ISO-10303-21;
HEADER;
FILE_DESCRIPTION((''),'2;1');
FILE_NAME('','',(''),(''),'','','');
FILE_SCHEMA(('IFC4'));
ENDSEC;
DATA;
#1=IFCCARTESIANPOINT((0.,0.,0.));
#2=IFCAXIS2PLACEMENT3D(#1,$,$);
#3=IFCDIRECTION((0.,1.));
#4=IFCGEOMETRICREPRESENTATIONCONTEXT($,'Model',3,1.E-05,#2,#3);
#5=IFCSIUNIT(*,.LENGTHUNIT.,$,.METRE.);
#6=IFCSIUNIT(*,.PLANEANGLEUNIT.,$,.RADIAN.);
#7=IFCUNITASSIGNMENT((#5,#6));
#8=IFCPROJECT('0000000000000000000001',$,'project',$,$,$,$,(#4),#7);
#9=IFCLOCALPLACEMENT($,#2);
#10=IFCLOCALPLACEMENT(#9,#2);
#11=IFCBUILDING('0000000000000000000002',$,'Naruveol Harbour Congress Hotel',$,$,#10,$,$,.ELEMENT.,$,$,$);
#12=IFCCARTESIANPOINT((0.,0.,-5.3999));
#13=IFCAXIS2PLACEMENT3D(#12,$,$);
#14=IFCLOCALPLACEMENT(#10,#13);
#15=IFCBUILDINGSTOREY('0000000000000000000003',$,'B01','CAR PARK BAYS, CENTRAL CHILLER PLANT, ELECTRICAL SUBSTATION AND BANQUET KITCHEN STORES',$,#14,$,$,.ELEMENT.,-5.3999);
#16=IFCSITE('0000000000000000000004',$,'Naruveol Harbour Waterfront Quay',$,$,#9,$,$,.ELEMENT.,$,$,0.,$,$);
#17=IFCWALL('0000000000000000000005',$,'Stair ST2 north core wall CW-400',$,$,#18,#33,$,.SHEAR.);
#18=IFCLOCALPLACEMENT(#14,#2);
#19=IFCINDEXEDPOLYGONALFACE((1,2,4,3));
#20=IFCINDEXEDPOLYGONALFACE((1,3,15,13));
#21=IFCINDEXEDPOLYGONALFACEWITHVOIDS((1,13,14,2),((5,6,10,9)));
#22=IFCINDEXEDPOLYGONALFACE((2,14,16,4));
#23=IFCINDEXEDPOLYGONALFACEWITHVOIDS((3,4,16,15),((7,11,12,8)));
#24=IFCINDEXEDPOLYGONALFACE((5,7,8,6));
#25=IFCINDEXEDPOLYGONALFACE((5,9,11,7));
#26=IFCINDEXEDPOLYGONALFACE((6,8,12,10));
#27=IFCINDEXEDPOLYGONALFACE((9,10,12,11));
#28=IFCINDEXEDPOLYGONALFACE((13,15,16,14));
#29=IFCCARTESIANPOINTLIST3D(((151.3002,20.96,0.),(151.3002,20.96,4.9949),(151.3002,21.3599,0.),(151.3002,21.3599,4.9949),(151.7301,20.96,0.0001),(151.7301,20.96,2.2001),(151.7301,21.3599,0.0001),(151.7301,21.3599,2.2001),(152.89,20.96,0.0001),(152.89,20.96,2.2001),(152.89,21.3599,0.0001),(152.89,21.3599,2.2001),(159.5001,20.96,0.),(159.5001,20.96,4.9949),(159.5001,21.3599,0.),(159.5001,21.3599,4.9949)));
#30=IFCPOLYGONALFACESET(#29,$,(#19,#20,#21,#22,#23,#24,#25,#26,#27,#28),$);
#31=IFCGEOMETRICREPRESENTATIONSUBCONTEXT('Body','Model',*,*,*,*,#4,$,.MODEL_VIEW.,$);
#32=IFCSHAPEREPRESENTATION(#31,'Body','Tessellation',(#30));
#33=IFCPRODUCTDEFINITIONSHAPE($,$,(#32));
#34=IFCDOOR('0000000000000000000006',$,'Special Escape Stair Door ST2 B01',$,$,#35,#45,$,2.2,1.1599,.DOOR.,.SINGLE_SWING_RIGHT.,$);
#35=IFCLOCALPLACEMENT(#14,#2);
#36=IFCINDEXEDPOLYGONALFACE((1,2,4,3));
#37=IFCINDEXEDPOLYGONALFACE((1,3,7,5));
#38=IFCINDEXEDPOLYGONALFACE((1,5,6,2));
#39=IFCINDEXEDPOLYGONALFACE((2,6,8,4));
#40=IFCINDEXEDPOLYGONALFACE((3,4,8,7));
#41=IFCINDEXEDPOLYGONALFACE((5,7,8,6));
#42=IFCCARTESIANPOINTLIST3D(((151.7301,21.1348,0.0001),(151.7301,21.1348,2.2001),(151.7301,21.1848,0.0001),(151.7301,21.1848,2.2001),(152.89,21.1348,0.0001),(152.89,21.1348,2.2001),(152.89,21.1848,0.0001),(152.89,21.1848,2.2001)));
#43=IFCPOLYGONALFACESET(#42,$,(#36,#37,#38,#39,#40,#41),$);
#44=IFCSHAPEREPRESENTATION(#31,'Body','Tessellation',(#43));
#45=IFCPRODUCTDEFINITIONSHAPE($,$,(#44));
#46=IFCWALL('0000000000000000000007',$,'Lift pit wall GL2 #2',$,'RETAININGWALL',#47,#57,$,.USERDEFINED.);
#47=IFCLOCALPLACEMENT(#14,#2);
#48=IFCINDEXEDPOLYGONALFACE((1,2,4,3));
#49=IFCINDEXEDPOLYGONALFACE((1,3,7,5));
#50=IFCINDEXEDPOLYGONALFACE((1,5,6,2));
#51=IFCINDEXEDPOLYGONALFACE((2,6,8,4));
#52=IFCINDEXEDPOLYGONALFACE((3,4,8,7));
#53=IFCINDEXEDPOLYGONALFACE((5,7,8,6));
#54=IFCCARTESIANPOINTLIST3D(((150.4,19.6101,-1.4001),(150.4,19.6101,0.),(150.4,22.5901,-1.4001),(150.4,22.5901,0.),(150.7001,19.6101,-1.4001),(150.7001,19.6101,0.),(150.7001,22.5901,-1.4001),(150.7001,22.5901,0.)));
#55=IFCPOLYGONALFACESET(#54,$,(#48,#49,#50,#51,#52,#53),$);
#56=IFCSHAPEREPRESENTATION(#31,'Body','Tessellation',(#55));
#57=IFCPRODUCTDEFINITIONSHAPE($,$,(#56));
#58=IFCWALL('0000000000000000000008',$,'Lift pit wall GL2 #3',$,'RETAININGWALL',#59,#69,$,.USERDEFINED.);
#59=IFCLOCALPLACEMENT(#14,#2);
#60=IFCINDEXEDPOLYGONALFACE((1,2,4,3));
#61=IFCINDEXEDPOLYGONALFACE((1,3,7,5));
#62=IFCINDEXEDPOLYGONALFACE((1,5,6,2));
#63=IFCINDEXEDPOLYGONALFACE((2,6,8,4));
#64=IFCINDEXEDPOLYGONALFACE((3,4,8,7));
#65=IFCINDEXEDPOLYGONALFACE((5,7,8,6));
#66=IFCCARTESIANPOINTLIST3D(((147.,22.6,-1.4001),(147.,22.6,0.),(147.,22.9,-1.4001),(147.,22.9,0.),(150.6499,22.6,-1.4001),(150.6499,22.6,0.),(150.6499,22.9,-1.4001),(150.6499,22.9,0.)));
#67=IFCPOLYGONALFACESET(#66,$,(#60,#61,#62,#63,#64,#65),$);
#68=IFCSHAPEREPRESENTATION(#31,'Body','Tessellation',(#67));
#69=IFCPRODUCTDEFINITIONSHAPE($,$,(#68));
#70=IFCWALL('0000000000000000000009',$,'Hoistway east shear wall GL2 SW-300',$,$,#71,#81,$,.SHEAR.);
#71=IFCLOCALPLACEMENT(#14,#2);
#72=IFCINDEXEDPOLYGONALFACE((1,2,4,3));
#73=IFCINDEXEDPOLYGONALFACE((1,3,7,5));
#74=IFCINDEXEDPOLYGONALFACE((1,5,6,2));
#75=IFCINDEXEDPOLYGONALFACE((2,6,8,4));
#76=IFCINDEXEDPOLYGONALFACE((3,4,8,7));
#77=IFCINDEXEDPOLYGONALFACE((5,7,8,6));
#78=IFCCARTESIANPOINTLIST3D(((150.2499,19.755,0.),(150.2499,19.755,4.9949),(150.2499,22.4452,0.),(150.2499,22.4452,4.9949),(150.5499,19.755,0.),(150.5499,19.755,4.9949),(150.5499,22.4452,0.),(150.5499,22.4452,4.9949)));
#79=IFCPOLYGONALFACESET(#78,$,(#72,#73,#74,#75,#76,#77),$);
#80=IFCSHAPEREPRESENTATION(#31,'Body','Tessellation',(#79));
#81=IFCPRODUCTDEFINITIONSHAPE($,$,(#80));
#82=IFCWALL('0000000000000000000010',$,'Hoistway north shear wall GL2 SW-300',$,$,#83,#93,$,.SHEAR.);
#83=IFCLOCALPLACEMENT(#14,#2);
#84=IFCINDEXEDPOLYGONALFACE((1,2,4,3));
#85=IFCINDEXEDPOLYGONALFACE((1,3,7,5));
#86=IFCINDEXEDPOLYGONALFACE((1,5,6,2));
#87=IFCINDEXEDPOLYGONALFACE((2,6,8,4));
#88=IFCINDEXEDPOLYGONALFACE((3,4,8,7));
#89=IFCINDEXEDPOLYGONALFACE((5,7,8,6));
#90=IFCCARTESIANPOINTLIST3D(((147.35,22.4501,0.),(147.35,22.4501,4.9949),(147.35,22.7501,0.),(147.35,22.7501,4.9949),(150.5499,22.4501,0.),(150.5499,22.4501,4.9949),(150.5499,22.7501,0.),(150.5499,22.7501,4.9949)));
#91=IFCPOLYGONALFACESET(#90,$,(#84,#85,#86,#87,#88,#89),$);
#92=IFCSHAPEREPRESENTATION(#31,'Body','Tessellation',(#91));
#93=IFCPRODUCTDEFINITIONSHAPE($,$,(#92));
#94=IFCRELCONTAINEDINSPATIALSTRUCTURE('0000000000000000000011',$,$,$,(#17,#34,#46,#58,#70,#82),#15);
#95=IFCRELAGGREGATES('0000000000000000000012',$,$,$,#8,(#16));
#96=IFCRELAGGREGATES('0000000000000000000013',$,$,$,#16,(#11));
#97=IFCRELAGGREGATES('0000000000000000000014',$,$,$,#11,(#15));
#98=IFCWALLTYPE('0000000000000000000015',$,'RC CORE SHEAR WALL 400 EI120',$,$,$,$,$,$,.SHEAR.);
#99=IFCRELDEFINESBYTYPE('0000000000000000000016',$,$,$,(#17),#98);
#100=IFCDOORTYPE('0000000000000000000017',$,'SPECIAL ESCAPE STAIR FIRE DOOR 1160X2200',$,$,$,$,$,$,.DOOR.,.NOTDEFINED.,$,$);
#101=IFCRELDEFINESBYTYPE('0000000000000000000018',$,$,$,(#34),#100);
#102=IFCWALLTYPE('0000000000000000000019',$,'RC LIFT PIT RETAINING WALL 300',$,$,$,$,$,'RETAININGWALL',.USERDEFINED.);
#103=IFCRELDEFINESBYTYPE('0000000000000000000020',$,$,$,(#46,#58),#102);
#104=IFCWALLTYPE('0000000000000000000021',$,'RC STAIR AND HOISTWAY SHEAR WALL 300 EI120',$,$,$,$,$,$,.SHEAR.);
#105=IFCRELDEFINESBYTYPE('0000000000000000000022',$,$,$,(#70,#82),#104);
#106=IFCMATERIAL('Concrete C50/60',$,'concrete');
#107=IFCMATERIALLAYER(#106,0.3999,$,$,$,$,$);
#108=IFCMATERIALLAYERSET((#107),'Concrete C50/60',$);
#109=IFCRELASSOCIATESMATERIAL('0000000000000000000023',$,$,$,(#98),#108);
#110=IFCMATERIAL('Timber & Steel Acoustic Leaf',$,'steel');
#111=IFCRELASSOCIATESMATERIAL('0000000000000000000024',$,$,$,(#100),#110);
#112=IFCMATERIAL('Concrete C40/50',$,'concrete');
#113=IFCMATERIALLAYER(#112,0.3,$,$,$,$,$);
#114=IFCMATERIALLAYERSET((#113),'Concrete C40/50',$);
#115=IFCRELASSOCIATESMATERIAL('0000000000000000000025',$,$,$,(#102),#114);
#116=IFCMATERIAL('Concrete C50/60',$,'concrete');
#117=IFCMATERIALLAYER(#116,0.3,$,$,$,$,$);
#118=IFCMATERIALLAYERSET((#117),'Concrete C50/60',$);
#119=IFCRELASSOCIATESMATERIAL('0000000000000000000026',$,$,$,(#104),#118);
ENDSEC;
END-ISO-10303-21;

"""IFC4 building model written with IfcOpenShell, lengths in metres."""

from ifc_helpers import new_model, si_unit, direction, frame, frame_2d, origin, place, context, subcontext, project, spatial, rectangle, extrude, material, layer, layer_set, type_object, element, fill, save


model = new_model("IFC4")

# Units and contexts
model_context = context("Model", 3, precision=1e-05, world=origin(), true_north=direction((0.0, 1.0)))
body_context = subcontext(model_context, "Body", "Model", "MODEL_VIEW")
ifc_project = project(units=[si_unit("LENGTHUNIT", "METRE"), si_unit("PLANEANGLEUNIT", "RADIAN")], contexts=[model_context])

# Site, building, storey
site_placement = place(None, origin())
site = spatial("IfcSite", under=ifc_project, at=site_placement, Name="Naruveol Harbour Waterfront Quay", CompositionType="ELEMENT", RefElevation=0.0)
building_placement = place(site_placement, origin())
building = spatial("IfcBuilding", under=site, at=building_placement, Name="Naruveol Harbour Congress Hotel", CompositionType="ELEMENT")
storey_placement = place(building_placement, frame((0.0, 0.0, -5.3999)))
storey = spatial("IfcBuildingStorey", under=building, at=storey_placement, Name="B01", Description="CAR PARK BAYS, CENTRAL CHILLER PLANT, ELECTRICAL SUBSTATION AND BANQUET KITCHEN STORES", CompositionType="ELEMENT", Elevation=-5.3999)

# Wall, opening, door
ifc_material_1 = material(Name="Concrete C50/60", Category="concrete")
ifc_layer_1 = layer(ifc_material_1, 0.3999)
ifc_layer_set_1 = layer_set([ifc_layer_1], Name="Concrete C50/60")
wall_type_1 = type_object("IfcWallType", Name="RC CORE SHEAR WALL 400 EI120", PredefinedType="SHEAR", material=ifc_layer_set_1)
wall_1_placement = place(storey_placement, frame((151.3, 21.1599, 0.0), z_axis=(0.0, 0.0, 1.0), x_axis=(1.0, 0.0, 0.0)))
wall_1 = element("IfcWall", 1, at=wall_1_placement, inside=storey, type_object=wall_type_1, Name="Stair ST2 north core wall CW-400", PredefinedType="SHEAR", context=body_context, shape_type="SweptSolid", body=[
    extrude(rectangle(XDim=8.2, YDim=0.3999, at=frame_2d((4.1001, 0.0))), origin(), (0.0, 0.0, 1.0), 4.9949),
])
opening_1_placement = place(wall_1_placement, frame((0.4299, 0.0, 0.0)))
opening_1 = element("IfcOpeningElement", 2, at=opening_1_placement, cuts=wall_1, PredefinedType="OPENING", context=body_context, shape_type="SweptSolid", body=[
    extrude(rectangle(XDim=1.1599, YDim=2.2, at=frame_2d((0.5801, 1.1001))), frame((0.0, 0.21, 0.0), z_axis=(0.0, -1.0, 0.0), x_axis=(1.0, 0.0, 0.0)), (0.0, 0.0, 1.0), 0.4199),
])
ifc_material_2 = material(Name="Timber & Steel Acoustic Leaf", Category="steel")
door_type_1 = type_object("IfcDoorType", Name="SPECIAL ESCAPE STAIR FIRE DOOR 1160X2200", OperationType="NOTDEFINED", PredefinedType="DOOR", material=ifc_material_2)
door_1_placement = place(opening_1_placement, origin())
door_1 = element("IfcDoor", 3, at=door_1_placement, inside=storey, type_object=door_type_1, Name="Special Escape Stair Door ST2 B01", OperationType="SINGLE_SWING_RIGHT", OverallHeight=2.2, OverallWidth=1.1599, PredefinedType="DOOR", context=body_context, shape_type="SweptSolid", body=[
    extrude(rectangle(XDim=1.1599, YDim=2.2, at=frame_2d((0.5801, 1.1001))), frame((0.0, 0.0249, 0.0), z_axis=(0.0, -1.0, 0.0), x_axis=(1.0, 0.0, 0.0)), (0.0, 0.0, 1.0), 0.05),
])
fill(opening_1, door_1)

# Walls
ifc_material_3 = material(Name="Concrete C40/50", Category="concrete")
ifc_layer_2 = layer(ifc_material_3, 0.3)
ifc_layer_set_2 = layer_set([ifc_layer_2], Name="Concrete C40/50")
wall_type_2 = type_object("IfcWallType", Name="RC LIFT PIT RETAINING WALL 300", ElementType="RETAININGWALL", PredefinedType="USERDEFINED", material=ifc_layer_set_2)
wall_2_placement = place(storey_placement, frame((150.55, 19.6101, -1.4001), z_axis=(0.0, 0.0, 1.0), x_axis=(0.0, 1.0, 0.0)))
element("IfcWall", 4, at=wall_2_placement, inside=storey, type_object=wall_type_2, Name="Lift pit wall GL2 #2", ObjectType="RETAININGWALL", PredefinedType="USERDEFINED", context=body_context, shape_type="SweptSolid", body=[
    extrude(rectangle(XDim=2.98, YDim=0.3, at=frame_2d((1.49, 0.0))), origin(), (0.0, 0.0, 1.0), 1.4001),
])
wall_3_placement = place(storey_placement, frame((150.6499, 22.75, -1.4001), z_axis=(0.0, 0.0, 1.0), x_axis=(-1.0, 0.0, 0.0)))
element("IfcWall", 5, at=wall_3_placement, inside=storey, type_object=wall_type_2, Name="Lift pit wall GL2 #3", ObjectType="RETAININGWALL", PredefinedType="USERDEFINED", context=body_context, shape_type="SweptSolid", body=[
    extrude(rectangle(XDim=3.6499, YDim=0.3, at=frame_2d((1.825, 0.0))), origin(), (0.0, 0.0, 1.0), 1.4001),
])
ifc_material_4 = material(Name="Concrete C50/60", Category="concrete")
ifc_layer_3 = layer(ifc_material_4, 0.3)
ifc_layer_set_3 = layer_set([ifc_layer_3], Name="Concrete C50/60")
wall_type_3 = type_object("IfcWallType", Name="RC STAIR AND HOISTWAY SHEAR WALL 300 EI120", PredefinedType="SHEAR", material=ifc_layer_set_3)
wall_4_placement = place(storey_placement, frame((150.3999, 19.7549, 0.0), z_axis=(0.0, 0.0, 1.0), x_axis=(0.0, 1.0, 0.0)))
element("IfcWall", 6, at=wall_4_placement, inside=storey, type_object=wall_type_3, Name="Hoistway east shear wall GL2 SW-300", PredefinedType="SHEAR", context=body_context, shape_type="SweptSolid", body=[
    extrude(rectangle(XDim=2.6902, YDim=0.3, at=frame_2d((1.3452, 0.0))), origin(), (0.0, 0.0, 1.0), 4.9949),
])
wall_5_placement = place(storey_placement, frame((150.55, 22.6001, 0.0), z_axis=(0.0, 0.0, 1.0), x_axis=(-1.0, 0.0, 0.0)))
element("IfcWall", 7, at=wall_5_placement, inside=storey, type_object=wall_type_3, Name="Hoistway north shear wall GL2 SW-300", PredefinedType="SHEAR", context=body_context, shape_type="SweptSolid", body=[
    extrude(rectangle(XDim=3.2, YDim=0.3, at=frame_2d((1.6001, 0.0))), origin(), (0.0, 0.0, 1.0), 4.9949),
])

save(model, "model.ifc")
